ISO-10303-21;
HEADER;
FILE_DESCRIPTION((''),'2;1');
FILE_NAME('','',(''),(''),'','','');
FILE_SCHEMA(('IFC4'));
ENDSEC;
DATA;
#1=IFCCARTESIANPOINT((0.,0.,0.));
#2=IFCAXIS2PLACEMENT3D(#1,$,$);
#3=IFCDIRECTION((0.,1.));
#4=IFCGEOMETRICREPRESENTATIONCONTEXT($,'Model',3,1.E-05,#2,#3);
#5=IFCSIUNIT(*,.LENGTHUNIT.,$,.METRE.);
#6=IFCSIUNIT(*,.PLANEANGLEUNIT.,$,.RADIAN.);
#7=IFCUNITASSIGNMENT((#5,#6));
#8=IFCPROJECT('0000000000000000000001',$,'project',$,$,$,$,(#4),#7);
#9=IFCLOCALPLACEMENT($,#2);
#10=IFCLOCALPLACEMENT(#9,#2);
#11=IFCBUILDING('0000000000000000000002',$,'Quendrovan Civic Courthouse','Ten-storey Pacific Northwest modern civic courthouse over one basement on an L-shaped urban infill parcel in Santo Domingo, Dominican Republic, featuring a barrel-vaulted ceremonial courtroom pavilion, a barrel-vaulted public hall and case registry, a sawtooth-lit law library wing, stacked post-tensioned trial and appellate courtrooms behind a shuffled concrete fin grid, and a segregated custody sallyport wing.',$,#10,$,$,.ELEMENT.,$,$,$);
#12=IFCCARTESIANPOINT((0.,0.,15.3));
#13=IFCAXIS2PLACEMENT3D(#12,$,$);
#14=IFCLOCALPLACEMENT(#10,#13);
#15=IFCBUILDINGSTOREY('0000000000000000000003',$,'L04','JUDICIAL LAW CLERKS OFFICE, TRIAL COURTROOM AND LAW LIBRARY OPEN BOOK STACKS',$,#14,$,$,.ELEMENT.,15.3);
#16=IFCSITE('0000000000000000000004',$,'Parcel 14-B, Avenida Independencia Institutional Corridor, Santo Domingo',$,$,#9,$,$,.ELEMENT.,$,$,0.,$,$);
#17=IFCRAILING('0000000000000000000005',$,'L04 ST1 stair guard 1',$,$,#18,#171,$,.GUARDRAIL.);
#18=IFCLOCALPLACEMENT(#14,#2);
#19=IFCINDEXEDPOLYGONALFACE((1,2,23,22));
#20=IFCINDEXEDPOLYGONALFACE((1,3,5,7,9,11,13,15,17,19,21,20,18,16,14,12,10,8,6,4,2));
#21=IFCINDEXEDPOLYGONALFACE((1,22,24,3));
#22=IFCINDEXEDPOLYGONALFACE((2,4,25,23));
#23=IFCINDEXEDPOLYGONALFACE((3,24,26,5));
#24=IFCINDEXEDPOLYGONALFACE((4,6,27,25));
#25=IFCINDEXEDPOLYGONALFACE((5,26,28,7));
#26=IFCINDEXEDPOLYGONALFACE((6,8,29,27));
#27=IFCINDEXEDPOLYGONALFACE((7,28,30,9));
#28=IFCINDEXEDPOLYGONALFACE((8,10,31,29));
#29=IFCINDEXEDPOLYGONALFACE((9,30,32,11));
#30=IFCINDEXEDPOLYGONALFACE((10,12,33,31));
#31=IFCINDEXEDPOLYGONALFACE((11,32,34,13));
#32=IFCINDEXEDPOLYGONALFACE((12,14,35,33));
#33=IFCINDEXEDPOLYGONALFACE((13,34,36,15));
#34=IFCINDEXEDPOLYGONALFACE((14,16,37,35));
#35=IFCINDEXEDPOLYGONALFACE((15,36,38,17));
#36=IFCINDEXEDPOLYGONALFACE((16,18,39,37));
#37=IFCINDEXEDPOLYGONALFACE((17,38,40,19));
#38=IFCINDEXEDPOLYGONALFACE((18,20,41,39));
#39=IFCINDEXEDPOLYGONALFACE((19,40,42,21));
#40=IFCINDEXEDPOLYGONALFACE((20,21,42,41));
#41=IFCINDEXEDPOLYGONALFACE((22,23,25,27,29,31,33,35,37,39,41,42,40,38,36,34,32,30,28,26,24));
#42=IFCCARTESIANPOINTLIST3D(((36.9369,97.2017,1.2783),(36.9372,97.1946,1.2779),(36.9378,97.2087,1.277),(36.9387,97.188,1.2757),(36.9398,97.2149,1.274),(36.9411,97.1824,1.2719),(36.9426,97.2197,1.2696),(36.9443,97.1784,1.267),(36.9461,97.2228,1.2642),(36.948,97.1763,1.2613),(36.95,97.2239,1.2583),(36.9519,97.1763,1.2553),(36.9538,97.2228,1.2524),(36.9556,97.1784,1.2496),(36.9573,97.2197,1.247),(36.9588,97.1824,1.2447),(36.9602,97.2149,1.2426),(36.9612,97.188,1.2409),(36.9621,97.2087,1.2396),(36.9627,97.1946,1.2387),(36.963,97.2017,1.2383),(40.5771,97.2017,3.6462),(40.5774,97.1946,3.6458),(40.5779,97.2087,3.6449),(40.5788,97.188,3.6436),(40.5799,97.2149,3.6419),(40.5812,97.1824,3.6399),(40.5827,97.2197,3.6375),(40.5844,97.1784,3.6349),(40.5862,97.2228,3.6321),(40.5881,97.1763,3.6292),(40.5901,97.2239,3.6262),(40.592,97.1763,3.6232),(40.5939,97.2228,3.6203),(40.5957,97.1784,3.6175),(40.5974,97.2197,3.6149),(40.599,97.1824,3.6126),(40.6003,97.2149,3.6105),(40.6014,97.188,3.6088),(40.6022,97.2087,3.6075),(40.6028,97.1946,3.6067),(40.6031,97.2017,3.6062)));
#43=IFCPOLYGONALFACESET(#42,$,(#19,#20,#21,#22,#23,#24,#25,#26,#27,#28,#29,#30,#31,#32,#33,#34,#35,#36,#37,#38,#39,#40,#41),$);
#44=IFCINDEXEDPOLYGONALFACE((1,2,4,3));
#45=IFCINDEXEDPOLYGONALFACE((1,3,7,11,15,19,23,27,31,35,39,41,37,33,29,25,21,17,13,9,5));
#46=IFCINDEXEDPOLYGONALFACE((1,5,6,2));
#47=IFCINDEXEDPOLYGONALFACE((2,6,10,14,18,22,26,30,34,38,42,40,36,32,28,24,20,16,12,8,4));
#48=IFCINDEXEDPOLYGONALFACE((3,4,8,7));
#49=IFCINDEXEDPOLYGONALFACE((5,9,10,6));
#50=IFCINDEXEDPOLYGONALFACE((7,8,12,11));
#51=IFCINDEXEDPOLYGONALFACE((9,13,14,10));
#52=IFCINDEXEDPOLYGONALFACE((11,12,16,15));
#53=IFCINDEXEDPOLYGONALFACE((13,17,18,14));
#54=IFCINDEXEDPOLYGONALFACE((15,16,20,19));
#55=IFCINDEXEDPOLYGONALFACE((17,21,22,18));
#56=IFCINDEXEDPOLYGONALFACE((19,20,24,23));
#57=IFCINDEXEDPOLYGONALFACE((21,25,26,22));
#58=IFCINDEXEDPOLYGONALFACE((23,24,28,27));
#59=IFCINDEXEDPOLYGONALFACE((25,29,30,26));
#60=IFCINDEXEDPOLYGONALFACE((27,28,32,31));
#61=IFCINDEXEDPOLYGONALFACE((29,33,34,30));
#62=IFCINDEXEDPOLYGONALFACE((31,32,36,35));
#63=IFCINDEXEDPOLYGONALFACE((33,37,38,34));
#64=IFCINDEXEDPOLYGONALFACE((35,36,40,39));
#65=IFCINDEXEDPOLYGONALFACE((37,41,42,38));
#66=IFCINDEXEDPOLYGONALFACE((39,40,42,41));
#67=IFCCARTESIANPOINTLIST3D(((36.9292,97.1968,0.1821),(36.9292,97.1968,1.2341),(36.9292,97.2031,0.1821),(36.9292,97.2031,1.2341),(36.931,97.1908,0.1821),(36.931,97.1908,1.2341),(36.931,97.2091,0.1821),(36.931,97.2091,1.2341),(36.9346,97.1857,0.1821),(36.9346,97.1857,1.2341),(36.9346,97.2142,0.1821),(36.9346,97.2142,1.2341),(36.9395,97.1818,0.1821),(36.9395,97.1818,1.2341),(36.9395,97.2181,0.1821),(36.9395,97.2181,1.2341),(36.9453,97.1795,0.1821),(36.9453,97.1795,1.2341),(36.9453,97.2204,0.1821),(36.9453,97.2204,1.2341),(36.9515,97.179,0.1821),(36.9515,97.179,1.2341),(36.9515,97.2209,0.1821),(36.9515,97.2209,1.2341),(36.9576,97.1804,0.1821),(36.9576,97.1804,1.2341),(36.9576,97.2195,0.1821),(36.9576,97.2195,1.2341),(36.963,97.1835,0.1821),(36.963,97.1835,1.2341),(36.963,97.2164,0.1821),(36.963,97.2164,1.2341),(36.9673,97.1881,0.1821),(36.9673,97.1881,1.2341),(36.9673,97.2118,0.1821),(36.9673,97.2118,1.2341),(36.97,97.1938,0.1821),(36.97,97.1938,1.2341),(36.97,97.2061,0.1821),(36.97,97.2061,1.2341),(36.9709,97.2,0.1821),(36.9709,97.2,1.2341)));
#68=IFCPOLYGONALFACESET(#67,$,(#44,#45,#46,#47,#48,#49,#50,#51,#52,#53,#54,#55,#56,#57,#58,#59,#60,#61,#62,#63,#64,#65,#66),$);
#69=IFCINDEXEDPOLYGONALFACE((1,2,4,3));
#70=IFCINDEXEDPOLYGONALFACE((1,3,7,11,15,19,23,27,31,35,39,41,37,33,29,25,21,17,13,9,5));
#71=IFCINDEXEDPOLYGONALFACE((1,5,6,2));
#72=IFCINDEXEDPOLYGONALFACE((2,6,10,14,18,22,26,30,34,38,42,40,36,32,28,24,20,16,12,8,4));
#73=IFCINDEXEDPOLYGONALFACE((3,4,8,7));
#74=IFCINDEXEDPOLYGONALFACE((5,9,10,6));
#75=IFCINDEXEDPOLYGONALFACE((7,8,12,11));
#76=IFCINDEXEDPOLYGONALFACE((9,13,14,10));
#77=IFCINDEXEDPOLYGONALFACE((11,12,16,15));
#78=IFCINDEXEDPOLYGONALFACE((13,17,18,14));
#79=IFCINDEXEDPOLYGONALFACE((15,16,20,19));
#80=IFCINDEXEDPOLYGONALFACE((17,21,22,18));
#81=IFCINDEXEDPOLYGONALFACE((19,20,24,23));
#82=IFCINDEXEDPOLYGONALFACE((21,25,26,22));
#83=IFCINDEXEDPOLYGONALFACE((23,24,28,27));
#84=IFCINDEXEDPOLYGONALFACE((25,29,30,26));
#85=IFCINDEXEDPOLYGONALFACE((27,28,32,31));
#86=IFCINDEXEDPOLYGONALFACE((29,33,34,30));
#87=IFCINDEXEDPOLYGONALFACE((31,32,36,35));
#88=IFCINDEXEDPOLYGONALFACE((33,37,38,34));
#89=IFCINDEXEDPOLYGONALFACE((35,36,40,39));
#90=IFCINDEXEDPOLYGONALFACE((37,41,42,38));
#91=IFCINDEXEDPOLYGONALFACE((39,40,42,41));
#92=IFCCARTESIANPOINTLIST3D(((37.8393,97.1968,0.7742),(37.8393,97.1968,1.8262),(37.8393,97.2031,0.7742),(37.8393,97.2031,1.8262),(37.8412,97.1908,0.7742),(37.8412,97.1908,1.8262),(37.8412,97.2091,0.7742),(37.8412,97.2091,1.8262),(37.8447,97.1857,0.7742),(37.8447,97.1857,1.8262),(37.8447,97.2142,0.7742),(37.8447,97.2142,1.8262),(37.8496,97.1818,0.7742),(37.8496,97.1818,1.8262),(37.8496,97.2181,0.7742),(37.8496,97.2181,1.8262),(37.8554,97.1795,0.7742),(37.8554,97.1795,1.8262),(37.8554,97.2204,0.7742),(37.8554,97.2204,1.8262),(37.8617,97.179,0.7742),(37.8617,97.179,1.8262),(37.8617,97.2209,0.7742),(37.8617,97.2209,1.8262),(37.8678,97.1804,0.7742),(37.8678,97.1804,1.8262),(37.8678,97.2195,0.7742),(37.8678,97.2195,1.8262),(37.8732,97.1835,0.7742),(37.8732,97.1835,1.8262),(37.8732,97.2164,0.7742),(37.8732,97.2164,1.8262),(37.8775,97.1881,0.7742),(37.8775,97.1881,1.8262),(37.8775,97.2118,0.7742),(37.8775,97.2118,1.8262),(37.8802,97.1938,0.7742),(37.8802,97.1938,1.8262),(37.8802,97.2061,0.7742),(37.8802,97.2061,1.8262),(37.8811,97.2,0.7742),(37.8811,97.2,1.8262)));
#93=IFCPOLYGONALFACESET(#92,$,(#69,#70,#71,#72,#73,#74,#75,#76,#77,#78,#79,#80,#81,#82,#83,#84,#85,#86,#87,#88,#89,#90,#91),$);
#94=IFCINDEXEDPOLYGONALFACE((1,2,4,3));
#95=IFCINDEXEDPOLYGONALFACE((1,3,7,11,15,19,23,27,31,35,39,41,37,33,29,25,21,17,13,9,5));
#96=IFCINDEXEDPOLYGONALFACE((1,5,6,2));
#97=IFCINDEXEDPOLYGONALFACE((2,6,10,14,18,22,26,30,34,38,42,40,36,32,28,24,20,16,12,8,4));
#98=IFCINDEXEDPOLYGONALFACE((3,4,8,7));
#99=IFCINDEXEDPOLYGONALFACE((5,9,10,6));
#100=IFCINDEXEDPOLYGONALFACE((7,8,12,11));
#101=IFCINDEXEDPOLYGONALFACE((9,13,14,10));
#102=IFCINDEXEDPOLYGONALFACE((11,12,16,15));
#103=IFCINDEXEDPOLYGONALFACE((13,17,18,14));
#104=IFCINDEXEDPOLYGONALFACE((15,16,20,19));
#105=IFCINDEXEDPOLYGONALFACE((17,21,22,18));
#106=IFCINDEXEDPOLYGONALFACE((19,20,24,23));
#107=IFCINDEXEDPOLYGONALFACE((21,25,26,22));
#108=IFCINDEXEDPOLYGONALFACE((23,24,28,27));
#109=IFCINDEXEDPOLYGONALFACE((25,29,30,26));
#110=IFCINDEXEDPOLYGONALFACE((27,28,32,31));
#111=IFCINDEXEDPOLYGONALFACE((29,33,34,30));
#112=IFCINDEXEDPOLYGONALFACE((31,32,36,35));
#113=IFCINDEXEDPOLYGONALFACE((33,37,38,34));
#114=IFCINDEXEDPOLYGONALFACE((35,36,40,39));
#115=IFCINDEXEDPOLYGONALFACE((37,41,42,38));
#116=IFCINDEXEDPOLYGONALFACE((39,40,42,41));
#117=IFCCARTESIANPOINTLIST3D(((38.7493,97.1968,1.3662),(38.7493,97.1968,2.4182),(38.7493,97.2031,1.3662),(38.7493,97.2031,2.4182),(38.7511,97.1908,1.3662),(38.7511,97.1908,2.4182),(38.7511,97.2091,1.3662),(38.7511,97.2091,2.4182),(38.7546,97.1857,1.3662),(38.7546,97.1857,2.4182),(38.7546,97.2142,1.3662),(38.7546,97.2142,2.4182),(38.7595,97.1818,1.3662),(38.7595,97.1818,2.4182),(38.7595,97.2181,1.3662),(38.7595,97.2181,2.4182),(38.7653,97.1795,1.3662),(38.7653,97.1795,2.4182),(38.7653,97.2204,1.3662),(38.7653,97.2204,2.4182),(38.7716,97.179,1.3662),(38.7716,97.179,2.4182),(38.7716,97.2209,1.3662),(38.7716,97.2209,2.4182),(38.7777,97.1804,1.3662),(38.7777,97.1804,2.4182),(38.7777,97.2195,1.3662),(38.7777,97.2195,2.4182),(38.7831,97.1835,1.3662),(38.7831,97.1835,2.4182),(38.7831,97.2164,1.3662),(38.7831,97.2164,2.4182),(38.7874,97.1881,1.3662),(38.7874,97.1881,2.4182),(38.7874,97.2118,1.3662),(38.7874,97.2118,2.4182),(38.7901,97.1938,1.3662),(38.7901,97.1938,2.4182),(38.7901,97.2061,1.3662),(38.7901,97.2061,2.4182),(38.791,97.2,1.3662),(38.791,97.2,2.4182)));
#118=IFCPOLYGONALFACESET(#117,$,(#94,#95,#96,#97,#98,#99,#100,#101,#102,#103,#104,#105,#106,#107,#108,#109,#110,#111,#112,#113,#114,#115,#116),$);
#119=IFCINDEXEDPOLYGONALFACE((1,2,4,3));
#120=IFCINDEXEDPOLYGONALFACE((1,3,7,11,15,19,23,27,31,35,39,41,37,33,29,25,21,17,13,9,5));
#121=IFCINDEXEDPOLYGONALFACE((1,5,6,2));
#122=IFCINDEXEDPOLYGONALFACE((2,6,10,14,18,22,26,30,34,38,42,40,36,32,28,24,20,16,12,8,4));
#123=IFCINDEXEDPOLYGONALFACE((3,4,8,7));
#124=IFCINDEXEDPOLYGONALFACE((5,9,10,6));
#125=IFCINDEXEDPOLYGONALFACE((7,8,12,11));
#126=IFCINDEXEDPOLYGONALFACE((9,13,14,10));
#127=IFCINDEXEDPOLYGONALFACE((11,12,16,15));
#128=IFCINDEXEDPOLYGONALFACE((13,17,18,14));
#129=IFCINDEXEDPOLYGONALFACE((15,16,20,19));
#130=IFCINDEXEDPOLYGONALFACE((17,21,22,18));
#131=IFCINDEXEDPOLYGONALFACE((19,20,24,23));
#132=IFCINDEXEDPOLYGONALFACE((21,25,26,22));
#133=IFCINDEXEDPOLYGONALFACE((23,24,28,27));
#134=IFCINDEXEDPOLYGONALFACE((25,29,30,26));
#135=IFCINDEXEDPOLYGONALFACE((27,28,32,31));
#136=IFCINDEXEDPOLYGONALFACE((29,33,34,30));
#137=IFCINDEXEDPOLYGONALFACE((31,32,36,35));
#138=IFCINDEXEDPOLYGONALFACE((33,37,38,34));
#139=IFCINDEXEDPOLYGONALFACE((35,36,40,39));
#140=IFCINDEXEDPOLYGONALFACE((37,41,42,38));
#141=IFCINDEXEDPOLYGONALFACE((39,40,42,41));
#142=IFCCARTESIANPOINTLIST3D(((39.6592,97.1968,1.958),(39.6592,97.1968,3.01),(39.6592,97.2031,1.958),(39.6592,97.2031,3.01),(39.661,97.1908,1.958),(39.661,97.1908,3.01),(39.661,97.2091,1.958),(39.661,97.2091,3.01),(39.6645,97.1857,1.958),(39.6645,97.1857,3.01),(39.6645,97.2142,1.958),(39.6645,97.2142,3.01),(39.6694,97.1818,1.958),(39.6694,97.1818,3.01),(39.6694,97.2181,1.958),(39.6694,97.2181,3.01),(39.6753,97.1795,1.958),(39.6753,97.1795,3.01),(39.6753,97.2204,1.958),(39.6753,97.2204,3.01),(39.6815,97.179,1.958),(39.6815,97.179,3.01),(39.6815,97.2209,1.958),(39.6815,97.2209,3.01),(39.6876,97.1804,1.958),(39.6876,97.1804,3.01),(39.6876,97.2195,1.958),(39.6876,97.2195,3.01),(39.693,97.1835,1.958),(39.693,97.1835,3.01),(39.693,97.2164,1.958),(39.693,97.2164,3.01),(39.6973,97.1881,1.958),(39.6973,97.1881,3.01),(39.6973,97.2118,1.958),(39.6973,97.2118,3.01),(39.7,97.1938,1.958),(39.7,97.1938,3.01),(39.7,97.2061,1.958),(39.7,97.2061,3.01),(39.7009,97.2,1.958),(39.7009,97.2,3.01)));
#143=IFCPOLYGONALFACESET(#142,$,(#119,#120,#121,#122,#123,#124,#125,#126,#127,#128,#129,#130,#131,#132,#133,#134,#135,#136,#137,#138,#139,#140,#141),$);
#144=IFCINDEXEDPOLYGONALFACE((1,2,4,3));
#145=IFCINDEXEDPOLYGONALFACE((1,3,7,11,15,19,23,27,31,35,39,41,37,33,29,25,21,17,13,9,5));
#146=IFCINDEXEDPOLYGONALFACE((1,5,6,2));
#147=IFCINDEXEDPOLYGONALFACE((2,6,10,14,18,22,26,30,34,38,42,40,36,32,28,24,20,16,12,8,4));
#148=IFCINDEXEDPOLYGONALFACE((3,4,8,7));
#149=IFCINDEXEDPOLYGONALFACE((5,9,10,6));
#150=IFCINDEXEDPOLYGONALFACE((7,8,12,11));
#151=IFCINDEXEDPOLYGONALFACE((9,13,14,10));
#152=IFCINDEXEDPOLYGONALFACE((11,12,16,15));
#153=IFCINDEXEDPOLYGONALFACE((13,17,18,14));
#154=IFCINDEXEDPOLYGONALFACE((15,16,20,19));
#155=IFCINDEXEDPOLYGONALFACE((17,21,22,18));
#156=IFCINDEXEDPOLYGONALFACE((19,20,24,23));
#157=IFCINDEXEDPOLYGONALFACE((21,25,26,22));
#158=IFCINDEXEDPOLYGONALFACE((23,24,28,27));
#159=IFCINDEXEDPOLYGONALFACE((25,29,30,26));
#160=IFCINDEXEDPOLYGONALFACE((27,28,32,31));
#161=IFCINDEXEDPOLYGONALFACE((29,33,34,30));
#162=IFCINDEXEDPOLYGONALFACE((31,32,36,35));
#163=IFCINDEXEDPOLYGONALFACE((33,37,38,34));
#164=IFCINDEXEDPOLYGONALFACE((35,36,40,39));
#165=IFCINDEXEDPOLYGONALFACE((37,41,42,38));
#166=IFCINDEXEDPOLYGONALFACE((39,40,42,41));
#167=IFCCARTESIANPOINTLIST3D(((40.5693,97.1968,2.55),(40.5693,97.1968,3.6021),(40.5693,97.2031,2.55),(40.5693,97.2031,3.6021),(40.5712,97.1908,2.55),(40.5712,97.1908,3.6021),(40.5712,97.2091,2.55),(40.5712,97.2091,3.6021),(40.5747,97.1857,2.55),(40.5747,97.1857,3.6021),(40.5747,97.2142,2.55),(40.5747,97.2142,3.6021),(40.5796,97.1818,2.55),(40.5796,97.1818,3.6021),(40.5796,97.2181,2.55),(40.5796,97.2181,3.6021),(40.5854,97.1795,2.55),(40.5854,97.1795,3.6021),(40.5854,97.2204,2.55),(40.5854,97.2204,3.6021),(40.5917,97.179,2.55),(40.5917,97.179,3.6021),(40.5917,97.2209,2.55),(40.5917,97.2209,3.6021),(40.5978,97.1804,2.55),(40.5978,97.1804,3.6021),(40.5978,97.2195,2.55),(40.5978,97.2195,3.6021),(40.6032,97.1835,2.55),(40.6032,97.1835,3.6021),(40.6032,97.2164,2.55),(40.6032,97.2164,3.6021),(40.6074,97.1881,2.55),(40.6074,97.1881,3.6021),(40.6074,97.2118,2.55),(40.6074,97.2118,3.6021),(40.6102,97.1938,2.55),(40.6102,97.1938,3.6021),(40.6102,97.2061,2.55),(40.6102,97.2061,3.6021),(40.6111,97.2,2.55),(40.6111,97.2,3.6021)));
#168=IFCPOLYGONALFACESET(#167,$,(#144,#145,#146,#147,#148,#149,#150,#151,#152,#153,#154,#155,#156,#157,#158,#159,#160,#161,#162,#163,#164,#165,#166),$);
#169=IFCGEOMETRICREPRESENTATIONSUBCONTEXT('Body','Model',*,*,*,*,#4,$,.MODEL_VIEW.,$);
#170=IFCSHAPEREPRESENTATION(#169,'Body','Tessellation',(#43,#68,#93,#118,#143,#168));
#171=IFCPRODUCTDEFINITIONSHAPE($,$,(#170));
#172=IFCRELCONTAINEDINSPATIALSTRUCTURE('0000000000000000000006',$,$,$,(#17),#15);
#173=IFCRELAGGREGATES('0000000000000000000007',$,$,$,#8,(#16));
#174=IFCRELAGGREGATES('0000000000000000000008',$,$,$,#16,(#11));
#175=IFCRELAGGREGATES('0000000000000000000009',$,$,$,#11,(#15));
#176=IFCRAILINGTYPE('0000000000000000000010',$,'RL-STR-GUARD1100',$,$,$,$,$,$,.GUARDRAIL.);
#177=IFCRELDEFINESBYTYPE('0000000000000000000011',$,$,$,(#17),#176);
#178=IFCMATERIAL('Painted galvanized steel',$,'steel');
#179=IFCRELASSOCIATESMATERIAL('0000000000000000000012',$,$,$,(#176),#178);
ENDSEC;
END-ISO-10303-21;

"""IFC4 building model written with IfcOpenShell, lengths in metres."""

from ifc_helpers import new_model, si_unit, direction, frame, origin, origin_2d, place, context, subcontext, project, spatial, circle, extrude, material, type_object, element, save


model = new_model("IFC4")

# Units and contexts
model_context = context("Model", 3, precision=1e-05, world=origin(), true_north=direction((0.0, 1.0)))
body_context = subcontext(model_context, "Body", "Model", "MODEL_VIEW")
ifc_project = project(units=[si_unit("LENGTHUNIT", "METRE"), si_unit("PLANEANGLEUNIT", "RADIAN")], contexts=[model_context])

# Site, building, storey
site_placement = place(None, origin())
site = spatial("IfcSite", under=ifc_project, at=site_placement, Name="Parcel 14-B, Avenida Independencia Institutional Corridor, Santo Domingo", CompositionType="ELEMENT", RefElevation=0.0)
building_placement = place(site_placement, origin())
building = spatial("IfcBuilding", under=site, at=building_placement, Name="Quendrovan Civic Courthouse", Description="Ten-storey Pacific Northwest modern civic courthouse over one basement on an L-shaped urban infill parcel in Santo Domingo, Dominican Republic, featuring a barrel-vaulted ceremonial courtroom pavilion, a barrel-vaulted public hall and case registry, a sawtooth-lit law library wing, stacked post-tensioned trial and appellate courtrooms behind a shuffled concrete fin grid, and a segregated custody sallyport wing.", CompositionType="ELEMENT")
storey_placement = place(building_placement, frame((0.0, 0.0, 15.3)))
storey = spatial("IfcBuildingStorey", under=building, at=storey_placement, Name="L04", Description="JUDICIAL LAW CLERKS OFFICE, TRIAL COURTROOM AND LAW LIBRARY OPEN BOOK STACKS", CompositionType="ELEMENT", Elevation=15.3)

# Railing
ifc_material_1 = material(Name="Painted galvanized steel", Category="steel")
railing_type_1 = type_object("IfcRailingType", Name="RL-STR-GUARD1100", PredefinedType="GUARDRAIL", material=ifc_material_1)
railing_1_placement = place(storey_placement, frame((36.95, 97.2, 0.1821)))
element("IfcRailing", 1, at=railing_1_placement, inside=storey, type_object=railing_type_1, Name="L04 ST1 stair guard 1", PredefinedType="GUARDRAIL", context=body_context, shape_type="SweptSolid", body=[
    extrude(circle(Radius=0.0239, at=origin_2d()), frame((0.0, 0.0, 1.0762), z_axis=(0.838251, 0.0, 0.545285), x_axis=(0.0, 1.0, 0.0)), (0.0, 0.0, 1.0), 4.3425),
    extrude(circle(Radius=0.021, at=origin_2d()), origin(), (0.0, 0.0, 1.0), 1.052),
    extrude(circle(Radius=0.021, at=origin_2d()), frame((0.9102, 0.0, 0.592)), (0.0, 0.0, 1.0), 1.052),
    extrude(circle(Radius=0.021, at=origin_2d()), frame((1.8201, 0.0, 1.1841)), (0.0, 0.0, 1.0), 1.052),
    extrude(circle(Radius=0.021, at=origin_2d()), frame((2.73, 0.0, 1.7759)), (0.0, 0.0, 1.0), 1.052),
    extrude(circle(Radius=0.021, at=origin_2d()), frame((3.6401, 0.0, 2.3679)), (0.0, 0.0, 1.0), 1.052),
])

save(model, "model.ifc")
